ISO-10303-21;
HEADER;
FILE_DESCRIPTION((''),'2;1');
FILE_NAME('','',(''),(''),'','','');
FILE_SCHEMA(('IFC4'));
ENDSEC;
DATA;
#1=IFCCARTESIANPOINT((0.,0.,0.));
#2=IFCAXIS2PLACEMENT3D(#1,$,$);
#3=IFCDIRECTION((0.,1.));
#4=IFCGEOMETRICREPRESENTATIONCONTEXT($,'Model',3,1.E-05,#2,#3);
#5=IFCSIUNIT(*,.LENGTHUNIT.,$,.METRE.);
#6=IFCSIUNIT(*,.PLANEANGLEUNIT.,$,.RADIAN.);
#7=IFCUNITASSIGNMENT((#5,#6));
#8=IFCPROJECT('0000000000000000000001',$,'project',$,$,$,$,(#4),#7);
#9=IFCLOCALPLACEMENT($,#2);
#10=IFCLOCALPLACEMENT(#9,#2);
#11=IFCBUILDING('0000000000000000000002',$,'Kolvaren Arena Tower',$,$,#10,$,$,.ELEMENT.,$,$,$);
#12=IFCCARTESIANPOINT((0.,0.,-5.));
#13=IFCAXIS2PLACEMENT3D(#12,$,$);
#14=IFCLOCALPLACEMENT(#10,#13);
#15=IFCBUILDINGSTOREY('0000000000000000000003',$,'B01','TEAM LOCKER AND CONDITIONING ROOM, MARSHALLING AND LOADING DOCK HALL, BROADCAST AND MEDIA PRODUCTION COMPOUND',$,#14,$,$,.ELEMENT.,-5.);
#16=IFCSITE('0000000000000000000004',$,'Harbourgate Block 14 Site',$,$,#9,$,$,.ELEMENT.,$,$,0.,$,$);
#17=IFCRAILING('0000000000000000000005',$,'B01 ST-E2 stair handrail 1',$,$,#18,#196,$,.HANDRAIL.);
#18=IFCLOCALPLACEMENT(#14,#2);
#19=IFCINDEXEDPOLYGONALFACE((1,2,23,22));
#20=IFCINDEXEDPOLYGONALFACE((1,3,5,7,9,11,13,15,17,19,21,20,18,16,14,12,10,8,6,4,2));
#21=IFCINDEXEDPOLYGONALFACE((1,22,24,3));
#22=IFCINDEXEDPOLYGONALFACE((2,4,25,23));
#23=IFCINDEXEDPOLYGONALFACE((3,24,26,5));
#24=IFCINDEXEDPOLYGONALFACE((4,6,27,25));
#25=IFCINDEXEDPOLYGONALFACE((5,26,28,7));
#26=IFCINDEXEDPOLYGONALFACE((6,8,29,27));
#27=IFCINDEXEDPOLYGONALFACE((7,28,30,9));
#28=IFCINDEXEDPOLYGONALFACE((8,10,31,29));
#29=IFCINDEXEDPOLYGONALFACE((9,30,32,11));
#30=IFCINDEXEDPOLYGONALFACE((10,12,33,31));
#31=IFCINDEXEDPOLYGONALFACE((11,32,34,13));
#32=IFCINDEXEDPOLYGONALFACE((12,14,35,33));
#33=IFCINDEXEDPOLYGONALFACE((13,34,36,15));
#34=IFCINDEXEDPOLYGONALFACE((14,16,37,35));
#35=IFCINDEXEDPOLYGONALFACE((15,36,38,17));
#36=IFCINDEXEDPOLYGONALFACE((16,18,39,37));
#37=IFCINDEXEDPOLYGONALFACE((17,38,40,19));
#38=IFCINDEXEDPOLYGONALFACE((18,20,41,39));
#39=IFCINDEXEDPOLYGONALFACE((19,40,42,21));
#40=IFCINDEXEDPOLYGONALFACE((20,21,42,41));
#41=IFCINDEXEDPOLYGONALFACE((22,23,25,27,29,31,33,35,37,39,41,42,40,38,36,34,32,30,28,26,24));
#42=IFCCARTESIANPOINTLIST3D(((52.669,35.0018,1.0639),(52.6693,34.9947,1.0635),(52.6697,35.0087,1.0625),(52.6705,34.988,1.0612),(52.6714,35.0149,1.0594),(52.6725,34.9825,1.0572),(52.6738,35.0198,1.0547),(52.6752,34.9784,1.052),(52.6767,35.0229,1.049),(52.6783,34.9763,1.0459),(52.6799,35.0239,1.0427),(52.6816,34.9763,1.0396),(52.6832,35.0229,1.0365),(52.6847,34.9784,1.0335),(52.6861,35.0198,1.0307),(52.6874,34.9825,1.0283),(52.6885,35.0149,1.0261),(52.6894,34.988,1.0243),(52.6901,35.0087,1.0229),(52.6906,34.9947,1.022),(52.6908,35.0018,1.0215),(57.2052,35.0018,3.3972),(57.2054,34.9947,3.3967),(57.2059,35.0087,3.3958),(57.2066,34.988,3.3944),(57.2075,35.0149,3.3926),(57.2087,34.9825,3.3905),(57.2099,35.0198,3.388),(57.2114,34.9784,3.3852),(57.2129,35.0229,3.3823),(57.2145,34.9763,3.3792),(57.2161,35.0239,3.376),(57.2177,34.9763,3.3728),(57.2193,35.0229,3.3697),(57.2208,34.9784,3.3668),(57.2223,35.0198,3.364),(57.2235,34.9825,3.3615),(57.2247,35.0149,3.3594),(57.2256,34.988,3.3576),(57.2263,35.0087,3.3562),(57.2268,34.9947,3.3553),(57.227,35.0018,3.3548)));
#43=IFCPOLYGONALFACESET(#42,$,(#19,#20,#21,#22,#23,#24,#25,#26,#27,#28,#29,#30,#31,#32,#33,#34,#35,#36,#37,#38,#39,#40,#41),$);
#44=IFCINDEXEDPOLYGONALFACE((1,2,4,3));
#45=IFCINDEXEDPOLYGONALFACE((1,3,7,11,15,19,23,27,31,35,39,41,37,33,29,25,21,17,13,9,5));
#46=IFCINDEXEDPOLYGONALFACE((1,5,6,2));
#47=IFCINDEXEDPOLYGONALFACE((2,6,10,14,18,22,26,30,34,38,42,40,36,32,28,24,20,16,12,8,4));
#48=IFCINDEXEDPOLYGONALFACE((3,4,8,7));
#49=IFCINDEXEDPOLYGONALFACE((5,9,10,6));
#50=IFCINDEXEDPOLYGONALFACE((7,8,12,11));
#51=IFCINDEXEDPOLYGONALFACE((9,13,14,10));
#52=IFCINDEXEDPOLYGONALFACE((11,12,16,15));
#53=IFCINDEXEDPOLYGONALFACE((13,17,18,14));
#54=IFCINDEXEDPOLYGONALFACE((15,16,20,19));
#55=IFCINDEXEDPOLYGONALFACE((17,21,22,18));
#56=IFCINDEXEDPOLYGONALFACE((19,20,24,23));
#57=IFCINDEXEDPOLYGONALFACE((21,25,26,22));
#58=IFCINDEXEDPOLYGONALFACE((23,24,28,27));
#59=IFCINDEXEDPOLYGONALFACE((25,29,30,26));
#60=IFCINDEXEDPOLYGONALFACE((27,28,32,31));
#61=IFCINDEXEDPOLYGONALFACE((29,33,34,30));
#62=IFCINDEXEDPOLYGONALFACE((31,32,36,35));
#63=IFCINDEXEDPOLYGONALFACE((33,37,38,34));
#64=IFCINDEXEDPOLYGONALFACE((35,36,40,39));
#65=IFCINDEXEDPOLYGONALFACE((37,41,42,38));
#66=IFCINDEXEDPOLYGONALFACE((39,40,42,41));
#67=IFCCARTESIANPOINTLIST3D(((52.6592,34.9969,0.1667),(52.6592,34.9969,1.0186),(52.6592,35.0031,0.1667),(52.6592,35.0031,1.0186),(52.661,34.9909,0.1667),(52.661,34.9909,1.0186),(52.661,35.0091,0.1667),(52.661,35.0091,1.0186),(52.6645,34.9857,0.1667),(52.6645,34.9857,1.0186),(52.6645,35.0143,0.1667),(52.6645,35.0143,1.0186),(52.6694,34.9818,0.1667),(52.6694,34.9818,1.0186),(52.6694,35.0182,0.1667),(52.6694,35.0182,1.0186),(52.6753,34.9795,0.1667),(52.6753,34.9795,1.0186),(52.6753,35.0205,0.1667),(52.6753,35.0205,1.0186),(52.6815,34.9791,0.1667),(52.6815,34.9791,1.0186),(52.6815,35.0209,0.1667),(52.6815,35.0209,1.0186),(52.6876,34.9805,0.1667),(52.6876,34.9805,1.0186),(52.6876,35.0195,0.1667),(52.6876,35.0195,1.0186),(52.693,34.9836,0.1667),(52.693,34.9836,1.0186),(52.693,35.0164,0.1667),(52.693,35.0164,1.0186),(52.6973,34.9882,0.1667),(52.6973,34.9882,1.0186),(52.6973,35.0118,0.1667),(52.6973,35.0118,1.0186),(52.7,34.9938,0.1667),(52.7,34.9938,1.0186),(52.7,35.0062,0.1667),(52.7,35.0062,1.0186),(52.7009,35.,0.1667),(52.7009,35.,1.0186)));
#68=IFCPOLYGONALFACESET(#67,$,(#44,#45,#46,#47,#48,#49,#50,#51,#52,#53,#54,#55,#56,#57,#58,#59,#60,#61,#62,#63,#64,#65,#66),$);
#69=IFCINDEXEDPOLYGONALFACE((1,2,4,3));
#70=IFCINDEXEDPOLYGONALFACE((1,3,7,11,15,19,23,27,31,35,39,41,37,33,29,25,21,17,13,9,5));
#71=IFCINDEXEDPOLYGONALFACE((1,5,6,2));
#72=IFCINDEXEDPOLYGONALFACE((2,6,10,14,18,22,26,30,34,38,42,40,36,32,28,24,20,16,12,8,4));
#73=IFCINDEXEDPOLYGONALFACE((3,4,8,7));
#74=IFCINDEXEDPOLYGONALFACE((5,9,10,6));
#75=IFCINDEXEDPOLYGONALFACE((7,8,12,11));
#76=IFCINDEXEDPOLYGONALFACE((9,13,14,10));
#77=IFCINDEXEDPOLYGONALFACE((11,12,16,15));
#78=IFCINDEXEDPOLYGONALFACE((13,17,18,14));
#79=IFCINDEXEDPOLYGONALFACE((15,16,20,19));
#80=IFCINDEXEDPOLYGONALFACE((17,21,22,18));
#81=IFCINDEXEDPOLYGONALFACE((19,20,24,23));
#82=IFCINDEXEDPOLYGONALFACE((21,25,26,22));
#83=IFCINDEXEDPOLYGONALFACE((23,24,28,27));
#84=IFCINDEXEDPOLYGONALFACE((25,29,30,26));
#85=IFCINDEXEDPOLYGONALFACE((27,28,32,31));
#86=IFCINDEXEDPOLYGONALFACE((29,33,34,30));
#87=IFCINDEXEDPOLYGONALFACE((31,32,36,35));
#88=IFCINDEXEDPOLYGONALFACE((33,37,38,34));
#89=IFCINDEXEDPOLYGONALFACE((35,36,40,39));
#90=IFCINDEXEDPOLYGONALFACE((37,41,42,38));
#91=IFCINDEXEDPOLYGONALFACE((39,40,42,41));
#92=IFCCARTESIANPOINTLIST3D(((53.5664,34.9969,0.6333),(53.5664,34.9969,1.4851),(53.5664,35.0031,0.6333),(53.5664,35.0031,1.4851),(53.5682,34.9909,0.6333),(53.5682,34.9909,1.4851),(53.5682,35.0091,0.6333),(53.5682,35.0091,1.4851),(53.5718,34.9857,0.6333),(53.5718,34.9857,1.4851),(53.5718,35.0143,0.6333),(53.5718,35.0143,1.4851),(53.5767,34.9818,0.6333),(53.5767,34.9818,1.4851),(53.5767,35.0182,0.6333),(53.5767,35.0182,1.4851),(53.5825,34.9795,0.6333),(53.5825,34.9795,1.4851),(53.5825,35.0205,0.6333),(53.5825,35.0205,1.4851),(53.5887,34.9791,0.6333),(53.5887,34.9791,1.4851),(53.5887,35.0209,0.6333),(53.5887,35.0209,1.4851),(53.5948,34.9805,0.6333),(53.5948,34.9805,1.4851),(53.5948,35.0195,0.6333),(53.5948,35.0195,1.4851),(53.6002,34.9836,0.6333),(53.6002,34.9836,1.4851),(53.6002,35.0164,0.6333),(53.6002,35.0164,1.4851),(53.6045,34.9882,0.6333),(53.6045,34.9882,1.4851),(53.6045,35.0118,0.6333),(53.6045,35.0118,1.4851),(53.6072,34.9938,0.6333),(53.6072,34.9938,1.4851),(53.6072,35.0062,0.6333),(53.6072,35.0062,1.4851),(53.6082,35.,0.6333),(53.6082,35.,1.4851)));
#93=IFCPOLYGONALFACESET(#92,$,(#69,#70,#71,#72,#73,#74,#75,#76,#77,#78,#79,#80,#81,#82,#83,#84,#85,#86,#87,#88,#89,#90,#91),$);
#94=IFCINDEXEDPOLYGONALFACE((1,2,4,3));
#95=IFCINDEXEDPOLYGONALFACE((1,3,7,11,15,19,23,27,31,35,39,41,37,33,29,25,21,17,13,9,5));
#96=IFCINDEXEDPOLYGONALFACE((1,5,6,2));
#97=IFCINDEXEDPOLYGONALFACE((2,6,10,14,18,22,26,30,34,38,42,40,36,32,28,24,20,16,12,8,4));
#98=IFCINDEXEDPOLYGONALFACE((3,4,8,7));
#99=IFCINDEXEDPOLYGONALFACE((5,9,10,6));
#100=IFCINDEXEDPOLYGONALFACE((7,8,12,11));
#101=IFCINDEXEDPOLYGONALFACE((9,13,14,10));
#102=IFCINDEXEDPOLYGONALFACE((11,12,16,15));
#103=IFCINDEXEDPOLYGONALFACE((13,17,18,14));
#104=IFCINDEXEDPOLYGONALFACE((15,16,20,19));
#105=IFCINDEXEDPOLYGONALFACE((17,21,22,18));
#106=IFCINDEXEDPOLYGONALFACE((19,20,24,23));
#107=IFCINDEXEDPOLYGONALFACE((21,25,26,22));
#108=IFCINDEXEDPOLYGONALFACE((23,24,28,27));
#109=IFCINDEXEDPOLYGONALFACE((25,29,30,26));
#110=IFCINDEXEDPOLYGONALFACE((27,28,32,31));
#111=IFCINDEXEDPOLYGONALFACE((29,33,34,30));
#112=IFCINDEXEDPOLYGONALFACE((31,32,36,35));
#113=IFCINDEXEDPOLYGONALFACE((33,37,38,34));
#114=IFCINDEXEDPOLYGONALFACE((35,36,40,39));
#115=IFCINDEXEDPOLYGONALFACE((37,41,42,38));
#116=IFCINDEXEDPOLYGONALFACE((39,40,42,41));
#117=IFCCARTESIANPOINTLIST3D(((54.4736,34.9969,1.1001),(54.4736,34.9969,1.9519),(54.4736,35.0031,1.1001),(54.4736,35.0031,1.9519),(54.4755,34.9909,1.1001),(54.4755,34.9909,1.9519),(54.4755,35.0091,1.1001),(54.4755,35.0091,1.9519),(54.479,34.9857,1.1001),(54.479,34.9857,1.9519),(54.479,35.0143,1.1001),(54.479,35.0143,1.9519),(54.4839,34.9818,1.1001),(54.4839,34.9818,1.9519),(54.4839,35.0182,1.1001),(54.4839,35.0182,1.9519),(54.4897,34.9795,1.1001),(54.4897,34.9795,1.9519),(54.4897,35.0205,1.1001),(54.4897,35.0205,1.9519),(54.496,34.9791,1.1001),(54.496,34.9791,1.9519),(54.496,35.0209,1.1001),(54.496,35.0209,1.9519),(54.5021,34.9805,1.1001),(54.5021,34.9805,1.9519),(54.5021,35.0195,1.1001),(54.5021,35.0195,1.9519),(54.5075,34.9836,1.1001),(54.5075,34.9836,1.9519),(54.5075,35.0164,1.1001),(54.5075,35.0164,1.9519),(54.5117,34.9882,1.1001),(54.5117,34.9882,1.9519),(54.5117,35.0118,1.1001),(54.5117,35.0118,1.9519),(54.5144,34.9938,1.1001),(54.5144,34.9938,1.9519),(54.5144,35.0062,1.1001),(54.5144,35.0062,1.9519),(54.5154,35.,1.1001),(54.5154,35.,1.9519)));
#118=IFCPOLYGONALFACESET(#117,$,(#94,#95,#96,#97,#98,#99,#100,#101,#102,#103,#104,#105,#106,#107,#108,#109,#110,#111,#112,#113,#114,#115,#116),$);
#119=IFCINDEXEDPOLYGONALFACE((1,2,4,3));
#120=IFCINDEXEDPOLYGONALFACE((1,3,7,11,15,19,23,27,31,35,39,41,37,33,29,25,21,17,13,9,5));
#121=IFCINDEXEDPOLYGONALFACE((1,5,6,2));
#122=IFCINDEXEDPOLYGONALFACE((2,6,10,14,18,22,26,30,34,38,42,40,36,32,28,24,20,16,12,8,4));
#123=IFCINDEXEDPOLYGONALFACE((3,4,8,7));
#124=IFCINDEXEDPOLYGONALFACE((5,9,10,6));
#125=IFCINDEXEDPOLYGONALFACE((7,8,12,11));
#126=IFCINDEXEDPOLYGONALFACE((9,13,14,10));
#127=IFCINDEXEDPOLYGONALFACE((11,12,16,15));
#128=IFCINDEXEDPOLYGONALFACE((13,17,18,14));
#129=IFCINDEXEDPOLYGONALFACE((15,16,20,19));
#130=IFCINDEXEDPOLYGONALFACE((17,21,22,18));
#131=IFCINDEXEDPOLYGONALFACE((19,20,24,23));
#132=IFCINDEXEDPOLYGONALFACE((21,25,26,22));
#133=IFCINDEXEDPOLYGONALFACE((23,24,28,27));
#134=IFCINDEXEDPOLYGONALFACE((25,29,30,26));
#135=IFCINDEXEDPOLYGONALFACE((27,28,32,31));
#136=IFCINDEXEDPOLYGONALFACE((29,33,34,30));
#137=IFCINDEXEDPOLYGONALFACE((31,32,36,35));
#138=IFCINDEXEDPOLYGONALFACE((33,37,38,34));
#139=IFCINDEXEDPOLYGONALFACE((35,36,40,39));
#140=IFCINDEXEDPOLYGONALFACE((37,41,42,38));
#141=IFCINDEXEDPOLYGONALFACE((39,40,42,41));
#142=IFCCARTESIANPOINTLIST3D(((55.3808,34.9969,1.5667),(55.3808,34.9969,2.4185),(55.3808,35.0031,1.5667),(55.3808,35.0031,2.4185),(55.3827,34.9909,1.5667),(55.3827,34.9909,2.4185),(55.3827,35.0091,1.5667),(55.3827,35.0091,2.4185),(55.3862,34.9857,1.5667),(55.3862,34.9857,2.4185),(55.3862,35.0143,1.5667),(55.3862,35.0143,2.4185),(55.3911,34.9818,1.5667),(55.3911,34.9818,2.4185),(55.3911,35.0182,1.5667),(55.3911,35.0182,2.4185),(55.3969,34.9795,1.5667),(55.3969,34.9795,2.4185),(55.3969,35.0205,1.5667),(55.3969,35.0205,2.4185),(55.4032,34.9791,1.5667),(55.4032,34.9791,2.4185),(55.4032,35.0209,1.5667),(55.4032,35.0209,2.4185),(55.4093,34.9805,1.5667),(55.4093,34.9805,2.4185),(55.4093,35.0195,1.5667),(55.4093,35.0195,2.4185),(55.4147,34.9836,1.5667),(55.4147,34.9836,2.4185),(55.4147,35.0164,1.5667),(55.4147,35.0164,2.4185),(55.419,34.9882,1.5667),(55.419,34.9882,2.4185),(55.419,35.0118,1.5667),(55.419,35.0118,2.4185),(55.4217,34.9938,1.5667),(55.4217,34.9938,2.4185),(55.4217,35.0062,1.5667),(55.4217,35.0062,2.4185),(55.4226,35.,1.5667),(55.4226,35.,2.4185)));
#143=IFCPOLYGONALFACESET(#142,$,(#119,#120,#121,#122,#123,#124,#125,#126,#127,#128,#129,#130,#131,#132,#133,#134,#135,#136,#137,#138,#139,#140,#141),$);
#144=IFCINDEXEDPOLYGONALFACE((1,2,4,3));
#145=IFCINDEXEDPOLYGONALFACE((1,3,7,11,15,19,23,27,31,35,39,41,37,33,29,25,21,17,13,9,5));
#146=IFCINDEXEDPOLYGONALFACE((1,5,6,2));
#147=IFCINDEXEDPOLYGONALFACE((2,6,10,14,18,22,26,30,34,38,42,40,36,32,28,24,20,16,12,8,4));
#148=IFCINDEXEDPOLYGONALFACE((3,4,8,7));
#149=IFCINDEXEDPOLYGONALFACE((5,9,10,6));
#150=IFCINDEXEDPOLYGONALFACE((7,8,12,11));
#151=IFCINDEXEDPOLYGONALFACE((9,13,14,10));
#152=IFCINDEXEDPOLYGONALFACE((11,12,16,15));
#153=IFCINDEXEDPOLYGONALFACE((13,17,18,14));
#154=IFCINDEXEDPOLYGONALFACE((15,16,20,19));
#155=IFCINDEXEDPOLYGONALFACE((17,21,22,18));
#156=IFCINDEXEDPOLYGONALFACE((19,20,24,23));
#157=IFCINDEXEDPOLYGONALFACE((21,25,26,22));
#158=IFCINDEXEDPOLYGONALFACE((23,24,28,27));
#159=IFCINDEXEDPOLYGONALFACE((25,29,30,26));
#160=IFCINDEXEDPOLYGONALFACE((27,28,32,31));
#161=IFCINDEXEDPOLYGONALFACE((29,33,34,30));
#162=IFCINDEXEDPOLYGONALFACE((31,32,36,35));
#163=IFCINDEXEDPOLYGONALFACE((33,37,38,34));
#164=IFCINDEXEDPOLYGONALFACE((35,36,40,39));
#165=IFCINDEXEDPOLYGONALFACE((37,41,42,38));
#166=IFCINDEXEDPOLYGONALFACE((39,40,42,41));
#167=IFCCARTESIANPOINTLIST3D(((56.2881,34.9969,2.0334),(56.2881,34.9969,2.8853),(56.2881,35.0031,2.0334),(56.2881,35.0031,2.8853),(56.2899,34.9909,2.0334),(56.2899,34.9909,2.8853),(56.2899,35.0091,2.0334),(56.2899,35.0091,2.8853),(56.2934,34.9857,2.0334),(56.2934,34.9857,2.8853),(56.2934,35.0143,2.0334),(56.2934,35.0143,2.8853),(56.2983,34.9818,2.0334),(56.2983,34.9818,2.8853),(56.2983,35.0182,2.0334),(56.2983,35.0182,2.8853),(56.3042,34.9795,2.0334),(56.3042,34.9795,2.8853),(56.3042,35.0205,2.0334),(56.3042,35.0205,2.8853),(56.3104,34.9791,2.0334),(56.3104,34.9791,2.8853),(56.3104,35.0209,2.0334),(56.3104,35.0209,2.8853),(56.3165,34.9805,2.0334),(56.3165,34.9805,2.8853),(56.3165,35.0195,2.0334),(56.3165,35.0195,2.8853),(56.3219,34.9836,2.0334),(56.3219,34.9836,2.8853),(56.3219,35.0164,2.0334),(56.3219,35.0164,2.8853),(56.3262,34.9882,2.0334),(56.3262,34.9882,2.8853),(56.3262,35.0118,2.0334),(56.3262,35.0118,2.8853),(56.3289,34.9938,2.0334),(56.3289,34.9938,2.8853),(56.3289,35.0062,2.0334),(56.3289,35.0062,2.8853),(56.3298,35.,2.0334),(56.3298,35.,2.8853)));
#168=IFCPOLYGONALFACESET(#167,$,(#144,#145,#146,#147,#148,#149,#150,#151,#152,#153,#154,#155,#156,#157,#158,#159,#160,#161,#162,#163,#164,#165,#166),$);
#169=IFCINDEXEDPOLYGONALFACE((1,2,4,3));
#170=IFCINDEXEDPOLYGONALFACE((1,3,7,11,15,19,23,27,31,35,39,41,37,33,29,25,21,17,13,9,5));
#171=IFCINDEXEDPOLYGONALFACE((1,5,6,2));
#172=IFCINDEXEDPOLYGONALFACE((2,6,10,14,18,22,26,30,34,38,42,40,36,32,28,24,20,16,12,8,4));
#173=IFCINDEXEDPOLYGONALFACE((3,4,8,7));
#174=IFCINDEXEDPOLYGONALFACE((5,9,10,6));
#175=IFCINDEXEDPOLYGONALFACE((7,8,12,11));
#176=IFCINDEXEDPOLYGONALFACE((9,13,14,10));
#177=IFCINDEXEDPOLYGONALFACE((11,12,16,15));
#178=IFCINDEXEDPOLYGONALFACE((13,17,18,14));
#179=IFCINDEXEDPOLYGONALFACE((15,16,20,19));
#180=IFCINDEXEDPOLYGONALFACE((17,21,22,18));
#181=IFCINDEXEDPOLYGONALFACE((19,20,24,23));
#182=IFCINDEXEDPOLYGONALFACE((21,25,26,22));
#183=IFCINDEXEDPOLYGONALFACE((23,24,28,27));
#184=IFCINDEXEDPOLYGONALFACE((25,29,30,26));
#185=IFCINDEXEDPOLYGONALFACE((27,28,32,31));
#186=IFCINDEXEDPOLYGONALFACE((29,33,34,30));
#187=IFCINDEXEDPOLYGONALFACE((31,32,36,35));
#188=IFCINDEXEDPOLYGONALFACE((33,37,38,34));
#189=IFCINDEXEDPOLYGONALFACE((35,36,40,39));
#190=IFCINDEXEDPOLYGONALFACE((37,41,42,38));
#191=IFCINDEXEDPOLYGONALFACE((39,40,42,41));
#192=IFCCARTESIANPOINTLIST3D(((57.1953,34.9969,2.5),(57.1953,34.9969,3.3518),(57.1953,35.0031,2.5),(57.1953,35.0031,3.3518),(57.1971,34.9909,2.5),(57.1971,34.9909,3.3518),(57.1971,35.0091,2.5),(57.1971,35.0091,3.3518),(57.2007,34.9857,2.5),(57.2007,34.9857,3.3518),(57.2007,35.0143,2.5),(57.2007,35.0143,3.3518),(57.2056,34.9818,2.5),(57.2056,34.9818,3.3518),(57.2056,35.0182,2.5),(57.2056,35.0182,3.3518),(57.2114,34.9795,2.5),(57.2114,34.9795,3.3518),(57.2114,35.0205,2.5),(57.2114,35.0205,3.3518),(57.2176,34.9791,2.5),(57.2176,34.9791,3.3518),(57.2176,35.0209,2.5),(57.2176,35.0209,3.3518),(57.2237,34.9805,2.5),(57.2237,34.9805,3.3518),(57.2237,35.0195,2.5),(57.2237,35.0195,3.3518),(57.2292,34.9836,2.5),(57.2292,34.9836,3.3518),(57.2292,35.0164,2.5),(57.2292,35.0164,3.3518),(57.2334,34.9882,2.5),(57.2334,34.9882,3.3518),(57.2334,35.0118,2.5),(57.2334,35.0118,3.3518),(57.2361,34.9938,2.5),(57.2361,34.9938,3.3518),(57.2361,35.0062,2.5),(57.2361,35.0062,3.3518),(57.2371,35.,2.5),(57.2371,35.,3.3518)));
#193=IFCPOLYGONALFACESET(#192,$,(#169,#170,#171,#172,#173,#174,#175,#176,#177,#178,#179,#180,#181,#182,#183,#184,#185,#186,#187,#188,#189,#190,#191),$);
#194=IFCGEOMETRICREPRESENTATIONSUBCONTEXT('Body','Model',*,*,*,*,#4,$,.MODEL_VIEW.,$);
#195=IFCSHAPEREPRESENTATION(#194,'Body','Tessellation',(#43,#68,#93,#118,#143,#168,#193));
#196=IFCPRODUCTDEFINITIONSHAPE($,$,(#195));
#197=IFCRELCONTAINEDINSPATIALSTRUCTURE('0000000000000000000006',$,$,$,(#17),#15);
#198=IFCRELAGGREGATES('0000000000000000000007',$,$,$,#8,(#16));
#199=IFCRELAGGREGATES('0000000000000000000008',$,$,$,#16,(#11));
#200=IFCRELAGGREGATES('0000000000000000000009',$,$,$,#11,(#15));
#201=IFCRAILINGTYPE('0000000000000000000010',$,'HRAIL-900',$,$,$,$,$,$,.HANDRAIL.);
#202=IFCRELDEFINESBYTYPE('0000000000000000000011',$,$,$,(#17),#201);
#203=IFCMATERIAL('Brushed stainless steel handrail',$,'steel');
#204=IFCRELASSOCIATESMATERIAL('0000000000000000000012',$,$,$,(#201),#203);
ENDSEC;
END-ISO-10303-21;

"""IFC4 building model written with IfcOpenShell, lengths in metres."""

from ifc_helpers import new_model, si_unit, direction, frame, origin, origin_2d, place, context, subcontext, project, spatial, circle, extrude, material, type_object, element, save


model = new_model("IFC4")

# Units and contexts
model_context = context("Model", 3, precision=1e-05, world=origin(), true_north=direction((0.0, 1.0)))
body_context = subcontext(model_context, "Body", "Model", "MODEL_VIEW")
ifc_project = project(units=[si_unit("LENGTHUNIT", "METRE"), si_unit("PLANEANGLEUNIT", "RADIAN")], contexts=[model_context])

# Site, building, storey
site_placement = place(None, origin())
site = spatial("IfcSite", under=ifc_project, at=site_placement, Name="Harbourgate Block 14 Site", CompositionType="ELEMENT", RefElevation=0.0)
building_placement = place(site_placement, origin())
building = spatial("IfcBuilding", under=site, at=building_placement, Name="Kolvaren Arena Tower", CompositionType="ELEMENT")
storey_placement = place(building_placement, frame((0.0, 0.0, -5.0)))
storey = spatial("IfcBuildingStorey", under=building, at=storey_placement, Name="B01", Description="TEAM LOCKER AND CONDITIONING ROOM, MARSHALLING AND LOADING DOCK HALL, BROADCAST AND MEDIA PRODUCTION COMPOUND", CompositionType="ELEMENT", Elevation=-5.0)

# Railing
ifc_material_1 = material(Name="Brushed stainless steel handrail", Category="steel")
railing_type_1 = type_object("IfcRailingType", Name="HRAIL-900", PredefinedType="HANDRAIL", material=ifc_material_1)
for number, where, name in (
    (1, (52.6799, 35.0, 0.1667), "B01 ST-E2 stair handrail 1"),
):
    element("IfcRailing", number, at=place(storey_placement, frame(where)), inside=storey, type_object=railing_type_1, Name=name, PredefinedType="HANDRAIL", context=body_context, shape_type="SweptSolid", body=[
        extrude(circle(Radius=0.0239, at=origin_2d()), frame((0.0, 0.0, 0.876), z_axis=(0.889257, 0.0, 0.457407), x_axis=(0.0, 1.0, 0.0)), (0.0, 0.0, 1.0), 5.1011),
        extrude(circle(Radius=0.021, at=origin_2d()), origin(), (0.0, 0.0, 1.0), 0.8518),
        extrude(circle(Radius=0.021, at=origin_2d()), frame((0.9072, 0.0, 0.4666)), (0.0, 0.0, 1.0), 0.8518),
        extrude(circle(Radius=0.021, at=origin_2d()), frame((1.8145, 0.0, 0.9333)), (0.0, 0.0, 1.0), 0.8518),
        extrude(circle(Radius=0.021, at=origin_2d()), frame((2.7217, 0.0, 1.3999)), (0.0, 0.0, 1.0), 0.8518),
        extrude(circle(Radius=0.021, at=origin_2d()), frame((3.6289, 0.0, 1.8667)), (0.0, 0.0, 1.0), 0.8518),
        extrude(circle(Radius=0.021, at=origin_2d()), frame((4.5361, 0.0, 2.3333)), (0.0, 0.0, 1.0), 0.8518),
    ])

save(model, "model.ifc")
